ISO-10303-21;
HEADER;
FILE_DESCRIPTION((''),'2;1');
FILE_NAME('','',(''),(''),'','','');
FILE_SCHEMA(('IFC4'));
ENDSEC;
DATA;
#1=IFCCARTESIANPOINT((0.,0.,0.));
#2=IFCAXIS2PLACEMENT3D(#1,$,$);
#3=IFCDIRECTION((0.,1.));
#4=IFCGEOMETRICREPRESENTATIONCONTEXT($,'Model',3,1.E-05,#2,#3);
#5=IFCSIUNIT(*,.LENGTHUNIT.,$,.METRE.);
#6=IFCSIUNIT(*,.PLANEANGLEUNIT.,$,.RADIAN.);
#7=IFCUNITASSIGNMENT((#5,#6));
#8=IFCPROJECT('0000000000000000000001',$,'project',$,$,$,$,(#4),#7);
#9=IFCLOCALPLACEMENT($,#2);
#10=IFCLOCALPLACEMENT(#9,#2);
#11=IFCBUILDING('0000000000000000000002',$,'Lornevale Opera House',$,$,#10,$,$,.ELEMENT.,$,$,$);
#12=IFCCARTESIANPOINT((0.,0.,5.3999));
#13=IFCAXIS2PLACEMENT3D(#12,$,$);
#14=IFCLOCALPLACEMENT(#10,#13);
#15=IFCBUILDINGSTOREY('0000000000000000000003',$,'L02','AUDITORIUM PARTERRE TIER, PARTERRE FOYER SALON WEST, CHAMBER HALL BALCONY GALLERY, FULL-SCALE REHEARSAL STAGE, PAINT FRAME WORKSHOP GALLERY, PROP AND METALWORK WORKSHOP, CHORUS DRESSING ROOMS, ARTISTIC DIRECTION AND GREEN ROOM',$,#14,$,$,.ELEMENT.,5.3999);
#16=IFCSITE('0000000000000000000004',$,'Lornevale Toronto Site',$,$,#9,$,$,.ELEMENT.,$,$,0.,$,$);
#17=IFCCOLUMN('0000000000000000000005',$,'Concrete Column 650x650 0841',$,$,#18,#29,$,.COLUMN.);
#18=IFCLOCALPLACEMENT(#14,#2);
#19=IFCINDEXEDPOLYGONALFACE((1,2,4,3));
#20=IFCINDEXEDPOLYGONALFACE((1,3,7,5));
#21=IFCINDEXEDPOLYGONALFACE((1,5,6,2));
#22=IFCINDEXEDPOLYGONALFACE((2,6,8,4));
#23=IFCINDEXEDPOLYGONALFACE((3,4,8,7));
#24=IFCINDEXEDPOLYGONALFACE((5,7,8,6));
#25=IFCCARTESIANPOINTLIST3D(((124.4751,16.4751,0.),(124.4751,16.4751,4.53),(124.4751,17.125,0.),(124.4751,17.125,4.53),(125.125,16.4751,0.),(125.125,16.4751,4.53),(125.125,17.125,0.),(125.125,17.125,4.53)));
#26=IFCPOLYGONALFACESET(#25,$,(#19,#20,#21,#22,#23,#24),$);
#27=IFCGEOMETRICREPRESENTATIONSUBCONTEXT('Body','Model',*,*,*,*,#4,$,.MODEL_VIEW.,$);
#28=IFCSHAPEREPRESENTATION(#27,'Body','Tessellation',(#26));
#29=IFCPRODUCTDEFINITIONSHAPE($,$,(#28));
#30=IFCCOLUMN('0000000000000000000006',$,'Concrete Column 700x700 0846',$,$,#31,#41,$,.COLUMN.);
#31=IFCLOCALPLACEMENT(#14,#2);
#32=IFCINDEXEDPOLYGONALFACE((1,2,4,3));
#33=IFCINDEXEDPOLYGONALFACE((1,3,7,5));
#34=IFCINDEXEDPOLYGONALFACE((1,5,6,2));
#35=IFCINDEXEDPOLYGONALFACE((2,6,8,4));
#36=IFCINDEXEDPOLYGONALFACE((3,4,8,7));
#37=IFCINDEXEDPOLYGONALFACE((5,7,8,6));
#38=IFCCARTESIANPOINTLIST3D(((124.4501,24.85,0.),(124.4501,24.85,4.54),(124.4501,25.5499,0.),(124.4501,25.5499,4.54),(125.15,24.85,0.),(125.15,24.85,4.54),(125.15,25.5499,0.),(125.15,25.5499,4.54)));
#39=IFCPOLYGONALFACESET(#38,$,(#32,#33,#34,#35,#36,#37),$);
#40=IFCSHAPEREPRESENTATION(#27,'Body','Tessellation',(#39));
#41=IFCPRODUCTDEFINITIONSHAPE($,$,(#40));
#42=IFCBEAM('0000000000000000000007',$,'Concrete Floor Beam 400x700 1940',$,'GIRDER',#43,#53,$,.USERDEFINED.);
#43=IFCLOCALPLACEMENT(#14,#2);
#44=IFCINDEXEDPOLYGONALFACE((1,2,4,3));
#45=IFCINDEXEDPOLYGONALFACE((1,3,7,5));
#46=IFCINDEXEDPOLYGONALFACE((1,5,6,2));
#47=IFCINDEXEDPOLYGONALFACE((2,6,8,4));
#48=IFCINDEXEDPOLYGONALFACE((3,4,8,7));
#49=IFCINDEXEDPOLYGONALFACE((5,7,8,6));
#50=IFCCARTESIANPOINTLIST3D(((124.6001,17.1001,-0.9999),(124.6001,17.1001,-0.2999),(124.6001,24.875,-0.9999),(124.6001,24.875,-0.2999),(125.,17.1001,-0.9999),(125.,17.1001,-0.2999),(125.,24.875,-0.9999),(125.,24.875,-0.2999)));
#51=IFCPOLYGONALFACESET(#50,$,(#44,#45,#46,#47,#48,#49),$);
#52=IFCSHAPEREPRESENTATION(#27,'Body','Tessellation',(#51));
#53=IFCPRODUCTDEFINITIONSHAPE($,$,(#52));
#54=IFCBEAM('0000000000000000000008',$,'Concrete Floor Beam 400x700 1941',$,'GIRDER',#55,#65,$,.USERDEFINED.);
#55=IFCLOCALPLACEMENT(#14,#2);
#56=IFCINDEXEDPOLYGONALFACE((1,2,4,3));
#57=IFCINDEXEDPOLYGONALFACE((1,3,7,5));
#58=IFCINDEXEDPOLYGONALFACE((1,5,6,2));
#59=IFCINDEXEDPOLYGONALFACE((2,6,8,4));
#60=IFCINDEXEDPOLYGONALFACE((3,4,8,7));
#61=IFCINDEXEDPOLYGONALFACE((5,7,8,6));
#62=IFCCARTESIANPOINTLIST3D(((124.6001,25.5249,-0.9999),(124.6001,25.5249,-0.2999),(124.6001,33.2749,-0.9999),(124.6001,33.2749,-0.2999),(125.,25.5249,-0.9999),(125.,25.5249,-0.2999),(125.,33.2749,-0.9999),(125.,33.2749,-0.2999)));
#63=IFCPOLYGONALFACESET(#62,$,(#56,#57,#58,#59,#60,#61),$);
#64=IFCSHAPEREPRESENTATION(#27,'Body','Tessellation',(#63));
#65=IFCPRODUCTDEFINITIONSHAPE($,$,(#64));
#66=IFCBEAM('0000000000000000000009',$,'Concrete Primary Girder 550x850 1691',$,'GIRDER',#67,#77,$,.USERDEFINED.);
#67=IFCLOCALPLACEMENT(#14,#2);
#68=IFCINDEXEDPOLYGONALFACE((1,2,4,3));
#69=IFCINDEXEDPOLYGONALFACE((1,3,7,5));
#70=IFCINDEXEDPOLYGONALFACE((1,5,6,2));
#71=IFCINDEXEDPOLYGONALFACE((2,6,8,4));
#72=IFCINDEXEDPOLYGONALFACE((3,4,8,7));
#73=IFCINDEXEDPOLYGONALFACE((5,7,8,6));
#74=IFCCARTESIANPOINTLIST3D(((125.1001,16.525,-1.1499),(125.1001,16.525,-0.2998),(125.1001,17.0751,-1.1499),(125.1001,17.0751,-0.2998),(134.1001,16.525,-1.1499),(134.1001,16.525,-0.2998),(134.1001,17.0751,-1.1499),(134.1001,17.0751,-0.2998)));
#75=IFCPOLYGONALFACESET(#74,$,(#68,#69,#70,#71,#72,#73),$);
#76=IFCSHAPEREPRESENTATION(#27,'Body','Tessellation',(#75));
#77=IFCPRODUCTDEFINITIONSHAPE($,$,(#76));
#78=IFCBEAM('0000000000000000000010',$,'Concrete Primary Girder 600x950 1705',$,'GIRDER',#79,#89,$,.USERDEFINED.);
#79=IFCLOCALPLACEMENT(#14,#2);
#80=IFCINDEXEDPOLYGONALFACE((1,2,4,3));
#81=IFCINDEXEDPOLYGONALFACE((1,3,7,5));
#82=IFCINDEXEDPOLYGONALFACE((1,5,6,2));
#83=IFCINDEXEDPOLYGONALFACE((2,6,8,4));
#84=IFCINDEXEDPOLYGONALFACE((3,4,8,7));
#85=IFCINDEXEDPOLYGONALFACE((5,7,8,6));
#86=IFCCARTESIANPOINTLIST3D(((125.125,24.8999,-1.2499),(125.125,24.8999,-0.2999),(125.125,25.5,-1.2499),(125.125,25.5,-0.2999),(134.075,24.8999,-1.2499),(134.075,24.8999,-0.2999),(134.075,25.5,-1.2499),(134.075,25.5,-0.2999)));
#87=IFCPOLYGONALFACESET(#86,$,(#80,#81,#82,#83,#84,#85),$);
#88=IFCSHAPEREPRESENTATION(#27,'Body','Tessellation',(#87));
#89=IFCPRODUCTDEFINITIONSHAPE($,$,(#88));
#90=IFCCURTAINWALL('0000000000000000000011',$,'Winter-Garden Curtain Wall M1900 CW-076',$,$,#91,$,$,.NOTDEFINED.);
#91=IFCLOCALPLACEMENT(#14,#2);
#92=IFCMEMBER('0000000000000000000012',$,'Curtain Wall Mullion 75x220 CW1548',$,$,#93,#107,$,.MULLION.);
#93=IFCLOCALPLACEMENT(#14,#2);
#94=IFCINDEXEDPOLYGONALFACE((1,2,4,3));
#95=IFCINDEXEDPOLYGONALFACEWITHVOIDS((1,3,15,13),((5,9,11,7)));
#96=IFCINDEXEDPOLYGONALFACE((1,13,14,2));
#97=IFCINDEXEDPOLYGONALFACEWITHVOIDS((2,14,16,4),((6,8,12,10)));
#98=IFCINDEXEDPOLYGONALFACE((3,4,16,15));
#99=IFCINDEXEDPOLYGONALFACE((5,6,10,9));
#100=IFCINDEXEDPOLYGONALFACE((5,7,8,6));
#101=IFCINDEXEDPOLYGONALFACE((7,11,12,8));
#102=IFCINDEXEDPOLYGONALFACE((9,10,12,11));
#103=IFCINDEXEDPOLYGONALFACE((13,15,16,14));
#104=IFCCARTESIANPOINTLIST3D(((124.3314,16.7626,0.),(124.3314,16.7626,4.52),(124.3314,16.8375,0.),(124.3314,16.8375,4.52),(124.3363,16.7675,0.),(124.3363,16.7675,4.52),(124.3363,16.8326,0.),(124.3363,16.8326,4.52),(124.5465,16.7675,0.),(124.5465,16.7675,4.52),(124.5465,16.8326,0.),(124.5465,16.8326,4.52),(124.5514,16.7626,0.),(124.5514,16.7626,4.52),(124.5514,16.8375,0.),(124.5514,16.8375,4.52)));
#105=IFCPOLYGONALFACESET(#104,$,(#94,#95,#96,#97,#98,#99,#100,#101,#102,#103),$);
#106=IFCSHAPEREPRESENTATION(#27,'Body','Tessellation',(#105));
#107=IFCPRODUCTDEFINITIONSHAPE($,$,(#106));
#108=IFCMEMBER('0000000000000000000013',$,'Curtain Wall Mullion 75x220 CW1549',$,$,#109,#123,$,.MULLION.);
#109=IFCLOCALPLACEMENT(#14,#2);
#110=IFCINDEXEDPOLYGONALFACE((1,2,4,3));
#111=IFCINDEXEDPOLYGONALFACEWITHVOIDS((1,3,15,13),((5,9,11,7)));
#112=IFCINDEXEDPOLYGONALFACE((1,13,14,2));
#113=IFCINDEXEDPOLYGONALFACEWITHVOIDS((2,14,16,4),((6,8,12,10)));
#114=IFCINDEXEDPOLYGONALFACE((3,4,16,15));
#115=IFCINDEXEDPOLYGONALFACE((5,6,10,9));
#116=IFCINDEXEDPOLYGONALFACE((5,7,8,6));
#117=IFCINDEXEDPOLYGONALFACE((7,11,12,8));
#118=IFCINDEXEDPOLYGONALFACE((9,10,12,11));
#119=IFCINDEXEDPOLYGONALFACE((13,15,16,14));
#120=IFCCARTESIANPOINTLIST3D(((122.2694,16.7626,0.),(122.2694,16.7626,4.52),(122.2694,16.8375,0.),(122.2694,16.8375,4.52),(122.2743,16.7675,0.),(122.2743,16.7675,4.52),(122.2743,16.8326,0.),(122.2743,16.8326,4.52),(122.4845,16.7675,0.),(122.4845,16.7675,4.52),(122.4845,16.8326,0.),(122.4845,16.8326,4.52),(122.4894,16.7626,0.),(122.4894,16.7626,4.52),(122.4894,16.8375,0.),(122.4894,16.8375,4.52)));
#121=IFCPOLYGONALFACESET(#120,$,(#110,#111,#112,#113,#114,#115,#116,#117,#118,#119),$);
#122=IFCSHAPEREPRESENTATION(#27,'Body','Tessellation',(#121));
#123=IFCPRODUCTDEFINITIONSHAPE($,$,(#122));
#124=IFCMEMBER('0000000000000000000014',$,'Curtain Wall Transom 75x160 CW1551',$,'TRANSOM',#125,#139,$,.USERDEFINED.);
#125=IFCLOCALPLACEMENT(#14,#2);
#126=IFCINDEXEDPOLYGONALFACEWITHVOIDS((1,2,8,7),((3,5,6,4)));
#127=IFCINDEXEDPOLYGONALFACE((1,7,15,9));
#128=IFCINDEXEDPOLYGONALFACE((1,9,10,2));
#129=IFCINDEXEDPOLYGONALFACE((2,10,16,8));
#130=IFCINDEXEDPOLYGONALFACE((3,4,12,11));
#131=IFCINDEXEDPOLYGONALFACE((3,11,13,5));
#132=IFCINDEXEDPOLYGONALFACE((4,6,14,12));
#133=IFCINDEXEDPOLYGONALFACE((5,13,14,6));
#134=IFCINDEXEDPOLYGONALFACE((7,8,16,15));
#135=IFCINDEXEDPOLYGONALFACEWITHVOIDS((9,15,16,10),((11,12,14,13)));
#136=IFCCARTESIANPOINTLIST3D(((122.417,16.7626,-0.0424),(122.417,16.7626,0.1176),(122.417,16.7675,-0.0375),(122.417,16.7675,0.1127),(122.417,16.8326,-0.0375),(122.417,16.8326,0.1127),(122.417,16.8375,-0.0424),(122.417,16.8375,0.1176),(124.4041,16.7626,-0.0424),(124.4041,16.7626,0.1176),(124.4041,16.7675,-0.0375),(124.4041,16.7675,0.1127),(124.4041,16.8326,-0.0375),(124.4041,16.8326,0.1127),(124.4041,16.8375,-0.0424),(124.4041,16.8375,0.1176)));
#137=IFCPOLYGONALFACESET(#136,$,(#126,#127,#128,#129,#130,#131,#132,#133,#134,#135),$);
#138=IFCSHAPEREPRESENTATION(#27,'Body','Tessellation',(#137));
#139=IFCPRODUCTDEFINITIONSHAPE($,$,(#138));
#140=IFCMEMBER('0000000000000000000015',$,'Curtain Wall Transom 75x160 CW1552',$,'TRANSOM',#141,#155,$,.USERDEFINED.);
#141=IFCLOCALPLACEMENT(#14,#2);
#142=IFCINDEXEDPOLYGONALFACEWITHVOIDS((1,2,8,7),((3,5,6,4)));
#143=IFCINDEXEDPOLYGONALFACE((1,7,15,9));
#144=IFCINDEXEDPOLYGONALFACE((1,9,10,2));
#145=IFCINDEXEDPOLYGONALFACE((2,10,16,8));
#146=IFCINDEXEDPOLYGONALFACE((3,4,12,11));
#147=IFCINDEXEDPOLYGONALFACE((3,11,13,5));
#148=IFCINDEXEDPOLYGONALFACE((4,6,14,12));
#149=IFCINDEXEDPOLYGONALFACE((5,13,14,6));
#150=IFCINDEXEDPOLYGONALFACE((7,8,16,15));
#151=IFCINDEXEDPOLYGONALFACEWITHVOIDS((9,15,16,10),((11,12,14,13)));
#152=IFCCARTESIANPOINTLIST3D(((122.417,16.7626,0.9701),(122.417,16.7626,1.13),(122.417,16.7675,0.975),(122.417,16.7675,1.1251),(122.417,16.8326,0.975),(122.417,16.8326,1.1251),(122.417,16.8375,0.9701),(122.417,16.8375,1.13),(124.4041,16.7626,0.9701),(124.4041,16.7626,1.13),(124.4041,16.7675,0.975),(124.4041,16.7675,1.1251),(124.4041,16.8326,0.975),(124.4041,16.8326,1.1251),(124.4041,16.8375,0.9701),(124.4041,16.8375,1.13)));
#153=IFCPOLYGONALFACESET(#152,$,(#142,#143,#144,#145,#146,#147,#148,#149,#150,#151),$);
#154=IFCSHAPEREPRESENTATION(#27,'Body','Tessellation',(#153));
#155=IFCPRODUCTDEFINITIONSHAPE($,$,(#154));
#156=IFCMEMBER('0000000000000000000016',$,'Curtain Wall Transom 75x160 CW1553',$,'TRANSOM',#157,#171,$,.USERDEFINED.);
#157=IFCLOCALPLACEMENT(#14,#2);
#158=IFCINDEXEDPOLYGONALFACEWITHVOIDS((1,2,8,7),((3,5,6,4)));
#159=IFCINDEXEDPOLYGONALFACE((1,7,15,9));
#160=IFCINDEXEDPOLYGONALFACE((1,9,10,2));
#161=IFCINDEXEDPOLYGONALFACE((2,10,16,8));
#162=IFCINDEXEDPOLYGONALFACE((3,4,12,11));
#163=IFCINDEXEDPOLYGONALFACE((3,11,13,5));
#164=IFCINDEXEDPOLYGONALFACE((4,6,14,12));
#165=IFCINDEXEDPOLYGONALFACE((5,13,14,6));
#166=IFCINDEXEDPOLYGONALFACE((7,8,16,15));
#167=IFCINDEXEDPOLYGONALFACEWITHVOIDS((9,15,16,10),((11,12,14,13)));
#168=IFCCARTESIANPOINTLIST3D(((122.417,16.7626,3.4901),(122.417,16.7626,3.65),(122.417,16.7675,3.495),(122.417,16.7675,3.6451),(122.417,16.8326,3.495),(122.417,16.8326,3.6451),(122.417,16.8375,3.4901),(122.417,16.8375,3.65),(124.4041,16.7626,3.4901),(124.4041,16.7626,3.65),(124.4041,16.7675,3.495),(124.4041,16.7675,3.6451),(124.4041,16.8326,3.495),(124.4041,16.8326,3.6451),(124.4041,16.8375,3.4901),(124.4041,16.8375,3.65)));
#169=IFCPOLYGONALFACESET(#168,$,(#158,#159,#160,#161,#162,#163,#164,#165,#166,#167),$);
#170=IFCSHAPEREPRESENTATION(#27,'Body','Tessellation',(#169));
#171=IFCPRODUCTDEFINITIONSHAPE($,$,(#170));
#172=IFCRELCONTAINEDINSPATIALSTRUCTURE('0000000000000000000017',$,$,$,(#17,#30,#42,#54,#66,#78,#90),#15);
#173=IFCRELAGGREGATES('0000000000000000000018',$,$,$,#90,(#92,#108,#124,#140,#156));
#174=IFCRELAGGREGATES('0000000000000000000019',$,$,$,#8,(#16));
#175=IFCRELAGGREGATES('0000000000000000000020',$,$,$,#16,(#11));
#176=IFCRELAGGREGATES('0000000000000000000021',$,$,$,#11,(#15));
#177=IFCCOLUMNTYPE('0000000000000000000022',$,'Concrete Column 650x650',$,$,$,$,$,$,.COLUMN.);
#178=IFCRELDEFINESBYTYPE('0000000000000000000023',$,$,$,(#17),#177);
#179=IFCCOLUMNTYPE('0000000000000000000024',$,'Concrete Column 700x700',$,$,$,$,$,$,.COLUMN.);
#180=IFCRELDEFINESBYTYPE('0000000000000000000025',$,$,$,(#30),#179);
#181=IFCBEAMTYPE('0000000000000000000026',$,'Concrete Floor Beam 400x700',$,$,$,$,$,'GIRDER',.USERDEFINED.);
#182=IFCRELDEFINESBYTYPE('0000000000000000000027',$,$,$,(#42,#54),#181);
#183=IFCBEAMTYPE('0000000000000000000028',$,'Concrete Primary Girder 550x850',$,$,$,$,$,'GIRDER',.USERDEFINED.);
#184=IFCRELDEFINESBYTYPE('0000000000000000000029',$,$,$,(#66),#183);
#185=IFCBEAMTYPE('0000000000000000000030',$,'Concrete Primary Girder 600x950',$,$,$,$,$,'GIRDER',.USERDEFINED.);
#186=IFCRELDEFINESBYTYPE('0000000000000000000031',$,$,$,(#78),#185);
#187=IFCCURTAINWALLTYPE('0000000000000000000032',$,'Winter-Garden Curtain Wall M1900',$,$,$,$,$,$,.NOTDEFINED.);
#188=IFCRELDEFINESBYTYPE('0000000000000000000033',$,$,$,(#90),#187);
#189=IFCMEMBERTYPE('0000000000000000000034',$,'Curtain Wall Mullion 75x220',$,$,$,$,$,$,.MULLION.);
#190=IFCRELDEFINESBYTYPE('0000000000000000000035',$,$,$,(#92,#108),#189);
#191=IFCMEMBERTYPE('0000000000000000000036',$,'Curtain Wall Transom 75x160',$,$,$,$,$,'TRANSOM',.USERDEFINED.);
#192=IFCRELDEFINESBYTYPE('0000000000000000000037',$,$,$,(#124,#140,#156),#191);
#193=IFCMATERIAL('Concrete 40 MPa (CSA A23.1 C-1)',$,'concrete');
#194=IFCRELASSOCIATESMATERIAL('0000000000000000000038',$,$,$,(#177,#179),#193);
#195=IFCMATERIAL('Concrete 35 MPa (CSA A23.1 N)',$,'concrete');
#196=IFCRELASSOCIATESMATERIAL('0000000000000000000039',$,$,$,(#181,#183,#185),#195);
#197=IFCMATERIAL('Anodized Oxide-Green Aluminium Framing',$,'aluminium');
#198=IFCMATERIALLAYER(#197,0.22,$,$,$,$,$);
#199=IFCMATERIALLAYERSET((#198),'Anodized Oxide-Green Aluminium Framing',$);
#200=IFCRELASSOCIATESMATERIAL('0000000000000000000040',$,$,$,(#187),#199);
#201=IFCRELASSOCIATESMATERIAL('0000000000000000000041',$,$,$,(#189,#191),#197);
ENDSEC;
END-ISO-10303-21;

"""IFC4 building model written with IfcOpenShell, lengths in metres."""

from ifc_helpers import new_model, si_unit, direction, frame, origin, origin_2d, place, context, subcontext, project, spatial, rectangle, hollow_rectangle, extrude, material, layer, layer_set, material_profile, profile_set, type_object, element, aggregate, save


model = new_model("IFC4")

# Units and contexts
model_context = context("Model", 3, precision=1e-05, world=origin(), true_north=direction((0.0, 1.0)))
body_context = subcontext(model_context, "Body", "Model", "MODEL_VIEW")
ifc_project = project(units=[si_unit("LENGTHUNIT", "METRE"), si_unit("PLANEANGLEUNIT", "RADIAN")], contexts=[model_context])

# Site, building, storey
site_placement = place(None, origin())
site = spatial("IfcSite", under=ifc_project, at=site_placement, Name="Lornevale Toronto Site", CompositionType="ELEMENT", RefElevation=0.0)
building_placement = place(site_placement, origin())
building = spatial("IfcBuilding", under=site, at=building_placement, Name="Lornevale Opera House", CompositionType="ELEMENT")
storey_placement = place(building_placement, frame((0.0, 0.0, 5.3999)))
storey = spatial("IfcBuildingStorey", under=building, at=storey_placement, Name="L02", Description="AUDITORIUM PARTERRE TIER, PARTERRE FOYER SALON WEST, CHAMBER HALL BALCONY GALLERY, FULL-SCALE REHEARSAL STAGE, PAINT FRAME WORKSHOP GALLERY, PROP AND METALWORK WORKSHOP, CHORUS DRESSING ROOMS, ARTISTIC DIRECTION AND GREEN ROOM", CompositionType="ELEMENT", Elevation=5.3999)

# Columns
ifc_material_1 = material(Name="Concrete 40 MPa (CSA A23.1 C-1)", Category="concrete")
ifc_material_profile_1 = material_profile(ifc_material_1, rectangle(XDim=0.6499, YDim=0.6499, at=origin_2d()), Name="RC650x650")
ifc_profile_set_1 = profile_set([ifc_material_profile_1], Name="Concrete 40 MPa (CSA A23.1 C-1)")
column_type_1 = type_object("IfcColumnType", Name="Concrete Column 650x650", PredefinedType="COLUMN", material=ifc_profile_set_1)
column_1_placement = place(storey_placement, frame((124.8, 16.8, 0.0), z_axis=(0.0, 0.0, 1.0), x_axis=(1.0, 0.0, 0.0)))
element("IfcColumn", 1, at=column_1_placement, inside=storey, type_object=column_type_1, Name="Concrete Column 650x650 0841", PredefinedType="COLUMN", context=body_context, shape_type="SweptSolid", body=[
    extrude(rectangle(XDim=0.6499, YDim=0.6499, at=origin_2d()), origin(), (0.0, 0.0, 1.0), 4.53),
])
ifc_material_profile_2 = material_profile(ifc_material_1, rectangle(XDim=0.7, YDim=0.7, at=origin_2d()), Name="RC700x700")
ifc_profile_set_2 = profile_set([ifc_material_profile_2], Name="Concrete 40 MPa (CSA A23.1 C-1)")
column_type_2 = type_object("IfcColumnType", Name="Concrete Column 700x700", PredefinedType="COLUMN", material=ifc_profile_set_2)
column_2_placement = place(storey_placement, frame((124.8, 25.2, 0.0), z_axis=(0.0, 0.0, 1.0), x_axis=(1.0, 0.0, 0.0)))
element("IfcColumn", 2, at=column_2_placement, inside=storey, type_object=column_type_2, Name="Concrete Column 700x700 0846", PredefinedType="COLUMN", context=body_context, shape_type="SweptSolid", body=[
    extrude(rectangle(XDim=0.7, YDim=0.7, at=origin_2d()), origin(), (0.0, 0.0, 1.0), 4.54),
])

# Beams
ifc_material_2 = material(Name="Concrete 35 MPa (CSA A23.1 N)", Category="concrete")
ifc_material_profile_3 = material_profile(ifc_material_2, rectangle(XDim=0.3999, YDim=0.7, at=origin_2d()), Name="RC400x700")
ifc_profile_set_3 = profile_set([ifc_material_profile_3], Name="Concrete 35 MPa (CSA A23.1 N)")
beam_type_1 = type_object("IfcBeamType", Name="Concrete Floor Beam 400x700", ElementType="GIRDER", PredefinedType="USERDEFINED", material=ifc_profile_set_3)
beam_1_placement = place(storey_placement, frame((124.8, 17.1001, -0.6499), z_axis=(0.0, 1.0, 0.0), x_axis=(-1.0, 0.0, 0.0)))
element("IfcBeam", 3, at=beam_1_placement, inside=storey, type_object=beam_type_1, Name="Concrete Floor Beam 400x700 1940", ObjectType="GIRDER", PredefinedType="USERDEFINED", context=body_context, shape_type="SweptSolid", body=[
    extrude(rectangle(XDim=0.3999, YDim=0.7, at=origin_2d()), origin(), (0.0, 0.0, 1.0), 7.7749),
])
beam_2_placement = place(storey_placement, frame((124.8, 25.5249, -0.6499), z_axis=(0.0, 1.0, 0.0), x_axis=(-1.0, 0.0, 0.0)))
element("IfcBeam", 4, at=beam_2_placement, inside=storey, type_object=beam_type_1, Name="Concrete Floor Beam 400x700 1941", ObjectType="GIRDER", PredefinedType="USERDEFINED", context=body_context, shape_type="SweptSolid", body=[
    extrude(rectangle(XDim=0.3999, YDim=0.7, at=origin_2d()), origin(), (0.0, 0.0, 1.0), 7.75),
])
ifc_material_profile_4 = material_profile(ifc_material_2, rectangle(XDim=0.55, YDim=0.8501, at=origin_2d()), Name="RC550x850")
ifc_profile_set_4 = profile_set([ifc_material_profile_4], Name="Concrete 35 MPa (CSA A23.1 N)")
beam_type_2 = type_object("IfcBeamType", Name="Concrete Primary Girder 550x850", ElementType="GIRDER", PredefinedType="USERDEFINED", material=ifc_profile_set_4)
beam_3_placement = place(storey_placement, frame((125.1001, 16.8, -0.7249), z_axis=(1.0, 0.0, 0.0), x_axis=(0.0, 1.0, 0.0)))
element("IfcBeam", 5, at=beam_3_placement, inside=storey, type_object=beam_type_2, Name="Concrete Primary Girder 550x850 1691", ObjectType="GIRDER", PredefinedType="USERDEFINED", context=body_context, shape_type="SweptSolid", body=[
    extrude(rectangle(XDim=0.55, YDim=0.8501, at=origin_2d()), origin(), (0.0, 0.0, 1.0), 9.0),
])
ifc_material_profile_5 = material_profile(ifc_material_2, rectangle(XDim=0.6001, YDim=0.95, at=origin_2d()), Name="RC600x950")
ifc_profile_set_5 = profile_set([ifc_material_profile_5], Name="Concrete 35 MPa (CSA A23.1 N)")
beam_type_3 = type_object("IfcBeamType", Name="Concrete Primary Girder 600x950", ElementType="GIRDER", PredefinedType="USERDEFINED", material=ifc_profile_set_5)
beam_4_placement = place(storey_placement, frame((125.125, 25.2, -0.7749), z_axis=(1.0, 0.0, 0.0), x_axis=(0.0, 1.0, 0.0)))
element("IfcBeam", 6, at=beam_4_placement, inside=storey, type_object=beam_type_3, Name="Concrete Primary Girder 600x950 1705", ObjectType="GIRDER", PredefinedType="USERDEFINED", context=body_context, shape_type="SweptSolid", body=[
    extrude(rectangle(XDim=0.6001, YDim=0.95, at=origin_2d()), origin(), (0.0, 0.0, 1.0), 8.95),
])

# Curtain wall, members
ifc_material_3 = material(Name="Anodized Oxide-Green Aluminium Framing", Category="aluminium")
ifc_layer_1 = layer(ifc_material_3, 0.22)
ifc_layer_set_1 = layer_set([ifc_layer_1], Name="Anodized Oxide-Green Aluminium Framing")
curtain_wall_type = type_object("IfcCurtainWallType", Name="Winter-Garden Curtain Wall M1900", PredefinedType="NOTDEFINED", material=ifc_layer_set_1)
curtain_wall_placement = place(storey_placement, origin())
curtain_wall = element("IfcCurtainWall", 7, at=curtain_wall_placement, inside=storey, type_object=curtain_wall_type, Name="Winter-Garden Curtain Wall M1900 CW-076", PredefinedType="NOTDEFINED")
ifc_material_profile_6 = material_profile(ifc_material_3, hollow_rectangle(XDim=0.075, YDim=0.22, WallThickness=0.0049, at=origin_2d()), Name="ALU75x220x5")
ifc_profile_set_6 = profile_set([ifc_material_profile_6], Name="Anodized Oxide-Green Aluminium Framing")
member_type_1 = type_object("IfcMemberType", Name="Curtain Wall Mullion 75x220", PredefinedType="MULLION", material=ifc_profile_set_6)
member_1_placement = place(storey_placement, frame((124.4414, 16.8, 0.0), z_axis=(0.0, 0.0, 1.0), x_axis=(0.0, -1.0, 0.0)))
member_1 = element("IfcMember", 8, at=member_1_placement, type_object=member_type_1, Name="Curtain Wall Mullion 75x220 CW1548", PredefinedType="MULLION", context=body_context, shape_type="SweptSolid", body=[
    extrude(hollow_rectangle(XDim=0.075, YDim=0.22, WallThickness=0.0049, at=origin_2d()), origin(), (0.0, 0.0, 1.0), 4.52),
])
member_2_placement = place(storey_placement, frame((122.3794, 16.8, 0.0), z_axis=(0.0, 0.0, 1.0), x_axis=(0.0, -1.0, 0.0)))
member_2 = element("IfcMember", 9, at=member_2_placement, type_object=member_type_1, Name="Curtain Wall Mullion 75x220 CW1549", PredefinedType="MULLION", context=body_context, shape_type="SweptSolid", body=[
    extrude(hollow_rectangle(XDim=0.075, YDim=0.22, WallThickness=0.0049, at=origin_2d()), origin(), (0.0, 0.0, 1.0), 4.52),
])
ifc_material_profile_7 = material_profile(ifc_material_3, hollow_rectangle(XDim=0.075, YDim=0.1599, WallThickness=0.0049, at=origin_2d()), Name="ALU75x160x5")
ifc_profile_set_7 = profile_set([ifc_material_profile_7], Name="Anodized Oxide-Green Aluminium Framing")
member_type_2 = type_object("IfcMemberType", Name="Curtain Wall Transom 75x160", ElementType="TRANSOM", PredefinedType="USERDEFINED", material=ifc_profile_set_7)
member_3_placement = place(storey_placement, frame((124.4041, 16.8, 0.0376), z_axis=(-1.0, 0.0, 0.0), x_axis=(0.0, -1.0, 0.0)))
member_3 = element("IfcMember", 10, at=member_3_placement, type_object=member_type_2, Name="Curtain Wall Transom 75x160 CW1551", ObjectType="TRANSOM", PredefinedType="USERDEFINED", context=body_context, shape_type="SweptSolid", body=[
    extrude(hollow_rectangle(XDim=0.075, YDim=0.1599, WallThickness=0.0049, at=origin_2d()), origin(), (0.0, 0.0, 1.0), 1.9871),
])
member_4_placement = place(storey_placement, frame((124.4041, 16.8, 1.05), z_axis=(-1.0, 0.0, 0.0), x_axis=(0.0, -1.0, 0.0)))
member_4 = element("IfcMember", 11, at=member_4_placement, type_object=member_type_2, Name="Curtain Wall Transom 75x160 CW1552", ObjectType="TRANSOM", PredefinedType="USERDEFINED", context=body_context, shape_type="SweptSolid", body=[
    extrude(hollow_rectangle(XDim=0.075, YDim=0.1599, WallThickness=0.0049, at=origin_2d()), origin(), (0.0, 0.0, 1.0), 1.9871),
])
member_5_placement = place(storey_placement, frame((124.4041, 16.8, 3.5701), z_axis=(-1.0, 0.0, 0.0), x_axis=(0.0, -1.0, 0.0)))
member_5 = element("IfcMember", 12, at=member_5_placement, type_object=member_type_2, Name="Curtain Wall Transom 75x160 CW1553", ObjectType="TRANSOM", PredefinedType="USERDEFINED", context=body_context, shape_type="SweptSolid", body=[
    extrude(hollow_rectangle(XDim=0.075, YDim=0.1599, WallThickness=0.0049, at=origin_2d()), origin(), (0.0, 0.0, 1.0), 1.9871),
])

aggregate(curtain_wall, [member_1, member_2, member_3, member_4, member_5])

save(model, "model.ifc")
